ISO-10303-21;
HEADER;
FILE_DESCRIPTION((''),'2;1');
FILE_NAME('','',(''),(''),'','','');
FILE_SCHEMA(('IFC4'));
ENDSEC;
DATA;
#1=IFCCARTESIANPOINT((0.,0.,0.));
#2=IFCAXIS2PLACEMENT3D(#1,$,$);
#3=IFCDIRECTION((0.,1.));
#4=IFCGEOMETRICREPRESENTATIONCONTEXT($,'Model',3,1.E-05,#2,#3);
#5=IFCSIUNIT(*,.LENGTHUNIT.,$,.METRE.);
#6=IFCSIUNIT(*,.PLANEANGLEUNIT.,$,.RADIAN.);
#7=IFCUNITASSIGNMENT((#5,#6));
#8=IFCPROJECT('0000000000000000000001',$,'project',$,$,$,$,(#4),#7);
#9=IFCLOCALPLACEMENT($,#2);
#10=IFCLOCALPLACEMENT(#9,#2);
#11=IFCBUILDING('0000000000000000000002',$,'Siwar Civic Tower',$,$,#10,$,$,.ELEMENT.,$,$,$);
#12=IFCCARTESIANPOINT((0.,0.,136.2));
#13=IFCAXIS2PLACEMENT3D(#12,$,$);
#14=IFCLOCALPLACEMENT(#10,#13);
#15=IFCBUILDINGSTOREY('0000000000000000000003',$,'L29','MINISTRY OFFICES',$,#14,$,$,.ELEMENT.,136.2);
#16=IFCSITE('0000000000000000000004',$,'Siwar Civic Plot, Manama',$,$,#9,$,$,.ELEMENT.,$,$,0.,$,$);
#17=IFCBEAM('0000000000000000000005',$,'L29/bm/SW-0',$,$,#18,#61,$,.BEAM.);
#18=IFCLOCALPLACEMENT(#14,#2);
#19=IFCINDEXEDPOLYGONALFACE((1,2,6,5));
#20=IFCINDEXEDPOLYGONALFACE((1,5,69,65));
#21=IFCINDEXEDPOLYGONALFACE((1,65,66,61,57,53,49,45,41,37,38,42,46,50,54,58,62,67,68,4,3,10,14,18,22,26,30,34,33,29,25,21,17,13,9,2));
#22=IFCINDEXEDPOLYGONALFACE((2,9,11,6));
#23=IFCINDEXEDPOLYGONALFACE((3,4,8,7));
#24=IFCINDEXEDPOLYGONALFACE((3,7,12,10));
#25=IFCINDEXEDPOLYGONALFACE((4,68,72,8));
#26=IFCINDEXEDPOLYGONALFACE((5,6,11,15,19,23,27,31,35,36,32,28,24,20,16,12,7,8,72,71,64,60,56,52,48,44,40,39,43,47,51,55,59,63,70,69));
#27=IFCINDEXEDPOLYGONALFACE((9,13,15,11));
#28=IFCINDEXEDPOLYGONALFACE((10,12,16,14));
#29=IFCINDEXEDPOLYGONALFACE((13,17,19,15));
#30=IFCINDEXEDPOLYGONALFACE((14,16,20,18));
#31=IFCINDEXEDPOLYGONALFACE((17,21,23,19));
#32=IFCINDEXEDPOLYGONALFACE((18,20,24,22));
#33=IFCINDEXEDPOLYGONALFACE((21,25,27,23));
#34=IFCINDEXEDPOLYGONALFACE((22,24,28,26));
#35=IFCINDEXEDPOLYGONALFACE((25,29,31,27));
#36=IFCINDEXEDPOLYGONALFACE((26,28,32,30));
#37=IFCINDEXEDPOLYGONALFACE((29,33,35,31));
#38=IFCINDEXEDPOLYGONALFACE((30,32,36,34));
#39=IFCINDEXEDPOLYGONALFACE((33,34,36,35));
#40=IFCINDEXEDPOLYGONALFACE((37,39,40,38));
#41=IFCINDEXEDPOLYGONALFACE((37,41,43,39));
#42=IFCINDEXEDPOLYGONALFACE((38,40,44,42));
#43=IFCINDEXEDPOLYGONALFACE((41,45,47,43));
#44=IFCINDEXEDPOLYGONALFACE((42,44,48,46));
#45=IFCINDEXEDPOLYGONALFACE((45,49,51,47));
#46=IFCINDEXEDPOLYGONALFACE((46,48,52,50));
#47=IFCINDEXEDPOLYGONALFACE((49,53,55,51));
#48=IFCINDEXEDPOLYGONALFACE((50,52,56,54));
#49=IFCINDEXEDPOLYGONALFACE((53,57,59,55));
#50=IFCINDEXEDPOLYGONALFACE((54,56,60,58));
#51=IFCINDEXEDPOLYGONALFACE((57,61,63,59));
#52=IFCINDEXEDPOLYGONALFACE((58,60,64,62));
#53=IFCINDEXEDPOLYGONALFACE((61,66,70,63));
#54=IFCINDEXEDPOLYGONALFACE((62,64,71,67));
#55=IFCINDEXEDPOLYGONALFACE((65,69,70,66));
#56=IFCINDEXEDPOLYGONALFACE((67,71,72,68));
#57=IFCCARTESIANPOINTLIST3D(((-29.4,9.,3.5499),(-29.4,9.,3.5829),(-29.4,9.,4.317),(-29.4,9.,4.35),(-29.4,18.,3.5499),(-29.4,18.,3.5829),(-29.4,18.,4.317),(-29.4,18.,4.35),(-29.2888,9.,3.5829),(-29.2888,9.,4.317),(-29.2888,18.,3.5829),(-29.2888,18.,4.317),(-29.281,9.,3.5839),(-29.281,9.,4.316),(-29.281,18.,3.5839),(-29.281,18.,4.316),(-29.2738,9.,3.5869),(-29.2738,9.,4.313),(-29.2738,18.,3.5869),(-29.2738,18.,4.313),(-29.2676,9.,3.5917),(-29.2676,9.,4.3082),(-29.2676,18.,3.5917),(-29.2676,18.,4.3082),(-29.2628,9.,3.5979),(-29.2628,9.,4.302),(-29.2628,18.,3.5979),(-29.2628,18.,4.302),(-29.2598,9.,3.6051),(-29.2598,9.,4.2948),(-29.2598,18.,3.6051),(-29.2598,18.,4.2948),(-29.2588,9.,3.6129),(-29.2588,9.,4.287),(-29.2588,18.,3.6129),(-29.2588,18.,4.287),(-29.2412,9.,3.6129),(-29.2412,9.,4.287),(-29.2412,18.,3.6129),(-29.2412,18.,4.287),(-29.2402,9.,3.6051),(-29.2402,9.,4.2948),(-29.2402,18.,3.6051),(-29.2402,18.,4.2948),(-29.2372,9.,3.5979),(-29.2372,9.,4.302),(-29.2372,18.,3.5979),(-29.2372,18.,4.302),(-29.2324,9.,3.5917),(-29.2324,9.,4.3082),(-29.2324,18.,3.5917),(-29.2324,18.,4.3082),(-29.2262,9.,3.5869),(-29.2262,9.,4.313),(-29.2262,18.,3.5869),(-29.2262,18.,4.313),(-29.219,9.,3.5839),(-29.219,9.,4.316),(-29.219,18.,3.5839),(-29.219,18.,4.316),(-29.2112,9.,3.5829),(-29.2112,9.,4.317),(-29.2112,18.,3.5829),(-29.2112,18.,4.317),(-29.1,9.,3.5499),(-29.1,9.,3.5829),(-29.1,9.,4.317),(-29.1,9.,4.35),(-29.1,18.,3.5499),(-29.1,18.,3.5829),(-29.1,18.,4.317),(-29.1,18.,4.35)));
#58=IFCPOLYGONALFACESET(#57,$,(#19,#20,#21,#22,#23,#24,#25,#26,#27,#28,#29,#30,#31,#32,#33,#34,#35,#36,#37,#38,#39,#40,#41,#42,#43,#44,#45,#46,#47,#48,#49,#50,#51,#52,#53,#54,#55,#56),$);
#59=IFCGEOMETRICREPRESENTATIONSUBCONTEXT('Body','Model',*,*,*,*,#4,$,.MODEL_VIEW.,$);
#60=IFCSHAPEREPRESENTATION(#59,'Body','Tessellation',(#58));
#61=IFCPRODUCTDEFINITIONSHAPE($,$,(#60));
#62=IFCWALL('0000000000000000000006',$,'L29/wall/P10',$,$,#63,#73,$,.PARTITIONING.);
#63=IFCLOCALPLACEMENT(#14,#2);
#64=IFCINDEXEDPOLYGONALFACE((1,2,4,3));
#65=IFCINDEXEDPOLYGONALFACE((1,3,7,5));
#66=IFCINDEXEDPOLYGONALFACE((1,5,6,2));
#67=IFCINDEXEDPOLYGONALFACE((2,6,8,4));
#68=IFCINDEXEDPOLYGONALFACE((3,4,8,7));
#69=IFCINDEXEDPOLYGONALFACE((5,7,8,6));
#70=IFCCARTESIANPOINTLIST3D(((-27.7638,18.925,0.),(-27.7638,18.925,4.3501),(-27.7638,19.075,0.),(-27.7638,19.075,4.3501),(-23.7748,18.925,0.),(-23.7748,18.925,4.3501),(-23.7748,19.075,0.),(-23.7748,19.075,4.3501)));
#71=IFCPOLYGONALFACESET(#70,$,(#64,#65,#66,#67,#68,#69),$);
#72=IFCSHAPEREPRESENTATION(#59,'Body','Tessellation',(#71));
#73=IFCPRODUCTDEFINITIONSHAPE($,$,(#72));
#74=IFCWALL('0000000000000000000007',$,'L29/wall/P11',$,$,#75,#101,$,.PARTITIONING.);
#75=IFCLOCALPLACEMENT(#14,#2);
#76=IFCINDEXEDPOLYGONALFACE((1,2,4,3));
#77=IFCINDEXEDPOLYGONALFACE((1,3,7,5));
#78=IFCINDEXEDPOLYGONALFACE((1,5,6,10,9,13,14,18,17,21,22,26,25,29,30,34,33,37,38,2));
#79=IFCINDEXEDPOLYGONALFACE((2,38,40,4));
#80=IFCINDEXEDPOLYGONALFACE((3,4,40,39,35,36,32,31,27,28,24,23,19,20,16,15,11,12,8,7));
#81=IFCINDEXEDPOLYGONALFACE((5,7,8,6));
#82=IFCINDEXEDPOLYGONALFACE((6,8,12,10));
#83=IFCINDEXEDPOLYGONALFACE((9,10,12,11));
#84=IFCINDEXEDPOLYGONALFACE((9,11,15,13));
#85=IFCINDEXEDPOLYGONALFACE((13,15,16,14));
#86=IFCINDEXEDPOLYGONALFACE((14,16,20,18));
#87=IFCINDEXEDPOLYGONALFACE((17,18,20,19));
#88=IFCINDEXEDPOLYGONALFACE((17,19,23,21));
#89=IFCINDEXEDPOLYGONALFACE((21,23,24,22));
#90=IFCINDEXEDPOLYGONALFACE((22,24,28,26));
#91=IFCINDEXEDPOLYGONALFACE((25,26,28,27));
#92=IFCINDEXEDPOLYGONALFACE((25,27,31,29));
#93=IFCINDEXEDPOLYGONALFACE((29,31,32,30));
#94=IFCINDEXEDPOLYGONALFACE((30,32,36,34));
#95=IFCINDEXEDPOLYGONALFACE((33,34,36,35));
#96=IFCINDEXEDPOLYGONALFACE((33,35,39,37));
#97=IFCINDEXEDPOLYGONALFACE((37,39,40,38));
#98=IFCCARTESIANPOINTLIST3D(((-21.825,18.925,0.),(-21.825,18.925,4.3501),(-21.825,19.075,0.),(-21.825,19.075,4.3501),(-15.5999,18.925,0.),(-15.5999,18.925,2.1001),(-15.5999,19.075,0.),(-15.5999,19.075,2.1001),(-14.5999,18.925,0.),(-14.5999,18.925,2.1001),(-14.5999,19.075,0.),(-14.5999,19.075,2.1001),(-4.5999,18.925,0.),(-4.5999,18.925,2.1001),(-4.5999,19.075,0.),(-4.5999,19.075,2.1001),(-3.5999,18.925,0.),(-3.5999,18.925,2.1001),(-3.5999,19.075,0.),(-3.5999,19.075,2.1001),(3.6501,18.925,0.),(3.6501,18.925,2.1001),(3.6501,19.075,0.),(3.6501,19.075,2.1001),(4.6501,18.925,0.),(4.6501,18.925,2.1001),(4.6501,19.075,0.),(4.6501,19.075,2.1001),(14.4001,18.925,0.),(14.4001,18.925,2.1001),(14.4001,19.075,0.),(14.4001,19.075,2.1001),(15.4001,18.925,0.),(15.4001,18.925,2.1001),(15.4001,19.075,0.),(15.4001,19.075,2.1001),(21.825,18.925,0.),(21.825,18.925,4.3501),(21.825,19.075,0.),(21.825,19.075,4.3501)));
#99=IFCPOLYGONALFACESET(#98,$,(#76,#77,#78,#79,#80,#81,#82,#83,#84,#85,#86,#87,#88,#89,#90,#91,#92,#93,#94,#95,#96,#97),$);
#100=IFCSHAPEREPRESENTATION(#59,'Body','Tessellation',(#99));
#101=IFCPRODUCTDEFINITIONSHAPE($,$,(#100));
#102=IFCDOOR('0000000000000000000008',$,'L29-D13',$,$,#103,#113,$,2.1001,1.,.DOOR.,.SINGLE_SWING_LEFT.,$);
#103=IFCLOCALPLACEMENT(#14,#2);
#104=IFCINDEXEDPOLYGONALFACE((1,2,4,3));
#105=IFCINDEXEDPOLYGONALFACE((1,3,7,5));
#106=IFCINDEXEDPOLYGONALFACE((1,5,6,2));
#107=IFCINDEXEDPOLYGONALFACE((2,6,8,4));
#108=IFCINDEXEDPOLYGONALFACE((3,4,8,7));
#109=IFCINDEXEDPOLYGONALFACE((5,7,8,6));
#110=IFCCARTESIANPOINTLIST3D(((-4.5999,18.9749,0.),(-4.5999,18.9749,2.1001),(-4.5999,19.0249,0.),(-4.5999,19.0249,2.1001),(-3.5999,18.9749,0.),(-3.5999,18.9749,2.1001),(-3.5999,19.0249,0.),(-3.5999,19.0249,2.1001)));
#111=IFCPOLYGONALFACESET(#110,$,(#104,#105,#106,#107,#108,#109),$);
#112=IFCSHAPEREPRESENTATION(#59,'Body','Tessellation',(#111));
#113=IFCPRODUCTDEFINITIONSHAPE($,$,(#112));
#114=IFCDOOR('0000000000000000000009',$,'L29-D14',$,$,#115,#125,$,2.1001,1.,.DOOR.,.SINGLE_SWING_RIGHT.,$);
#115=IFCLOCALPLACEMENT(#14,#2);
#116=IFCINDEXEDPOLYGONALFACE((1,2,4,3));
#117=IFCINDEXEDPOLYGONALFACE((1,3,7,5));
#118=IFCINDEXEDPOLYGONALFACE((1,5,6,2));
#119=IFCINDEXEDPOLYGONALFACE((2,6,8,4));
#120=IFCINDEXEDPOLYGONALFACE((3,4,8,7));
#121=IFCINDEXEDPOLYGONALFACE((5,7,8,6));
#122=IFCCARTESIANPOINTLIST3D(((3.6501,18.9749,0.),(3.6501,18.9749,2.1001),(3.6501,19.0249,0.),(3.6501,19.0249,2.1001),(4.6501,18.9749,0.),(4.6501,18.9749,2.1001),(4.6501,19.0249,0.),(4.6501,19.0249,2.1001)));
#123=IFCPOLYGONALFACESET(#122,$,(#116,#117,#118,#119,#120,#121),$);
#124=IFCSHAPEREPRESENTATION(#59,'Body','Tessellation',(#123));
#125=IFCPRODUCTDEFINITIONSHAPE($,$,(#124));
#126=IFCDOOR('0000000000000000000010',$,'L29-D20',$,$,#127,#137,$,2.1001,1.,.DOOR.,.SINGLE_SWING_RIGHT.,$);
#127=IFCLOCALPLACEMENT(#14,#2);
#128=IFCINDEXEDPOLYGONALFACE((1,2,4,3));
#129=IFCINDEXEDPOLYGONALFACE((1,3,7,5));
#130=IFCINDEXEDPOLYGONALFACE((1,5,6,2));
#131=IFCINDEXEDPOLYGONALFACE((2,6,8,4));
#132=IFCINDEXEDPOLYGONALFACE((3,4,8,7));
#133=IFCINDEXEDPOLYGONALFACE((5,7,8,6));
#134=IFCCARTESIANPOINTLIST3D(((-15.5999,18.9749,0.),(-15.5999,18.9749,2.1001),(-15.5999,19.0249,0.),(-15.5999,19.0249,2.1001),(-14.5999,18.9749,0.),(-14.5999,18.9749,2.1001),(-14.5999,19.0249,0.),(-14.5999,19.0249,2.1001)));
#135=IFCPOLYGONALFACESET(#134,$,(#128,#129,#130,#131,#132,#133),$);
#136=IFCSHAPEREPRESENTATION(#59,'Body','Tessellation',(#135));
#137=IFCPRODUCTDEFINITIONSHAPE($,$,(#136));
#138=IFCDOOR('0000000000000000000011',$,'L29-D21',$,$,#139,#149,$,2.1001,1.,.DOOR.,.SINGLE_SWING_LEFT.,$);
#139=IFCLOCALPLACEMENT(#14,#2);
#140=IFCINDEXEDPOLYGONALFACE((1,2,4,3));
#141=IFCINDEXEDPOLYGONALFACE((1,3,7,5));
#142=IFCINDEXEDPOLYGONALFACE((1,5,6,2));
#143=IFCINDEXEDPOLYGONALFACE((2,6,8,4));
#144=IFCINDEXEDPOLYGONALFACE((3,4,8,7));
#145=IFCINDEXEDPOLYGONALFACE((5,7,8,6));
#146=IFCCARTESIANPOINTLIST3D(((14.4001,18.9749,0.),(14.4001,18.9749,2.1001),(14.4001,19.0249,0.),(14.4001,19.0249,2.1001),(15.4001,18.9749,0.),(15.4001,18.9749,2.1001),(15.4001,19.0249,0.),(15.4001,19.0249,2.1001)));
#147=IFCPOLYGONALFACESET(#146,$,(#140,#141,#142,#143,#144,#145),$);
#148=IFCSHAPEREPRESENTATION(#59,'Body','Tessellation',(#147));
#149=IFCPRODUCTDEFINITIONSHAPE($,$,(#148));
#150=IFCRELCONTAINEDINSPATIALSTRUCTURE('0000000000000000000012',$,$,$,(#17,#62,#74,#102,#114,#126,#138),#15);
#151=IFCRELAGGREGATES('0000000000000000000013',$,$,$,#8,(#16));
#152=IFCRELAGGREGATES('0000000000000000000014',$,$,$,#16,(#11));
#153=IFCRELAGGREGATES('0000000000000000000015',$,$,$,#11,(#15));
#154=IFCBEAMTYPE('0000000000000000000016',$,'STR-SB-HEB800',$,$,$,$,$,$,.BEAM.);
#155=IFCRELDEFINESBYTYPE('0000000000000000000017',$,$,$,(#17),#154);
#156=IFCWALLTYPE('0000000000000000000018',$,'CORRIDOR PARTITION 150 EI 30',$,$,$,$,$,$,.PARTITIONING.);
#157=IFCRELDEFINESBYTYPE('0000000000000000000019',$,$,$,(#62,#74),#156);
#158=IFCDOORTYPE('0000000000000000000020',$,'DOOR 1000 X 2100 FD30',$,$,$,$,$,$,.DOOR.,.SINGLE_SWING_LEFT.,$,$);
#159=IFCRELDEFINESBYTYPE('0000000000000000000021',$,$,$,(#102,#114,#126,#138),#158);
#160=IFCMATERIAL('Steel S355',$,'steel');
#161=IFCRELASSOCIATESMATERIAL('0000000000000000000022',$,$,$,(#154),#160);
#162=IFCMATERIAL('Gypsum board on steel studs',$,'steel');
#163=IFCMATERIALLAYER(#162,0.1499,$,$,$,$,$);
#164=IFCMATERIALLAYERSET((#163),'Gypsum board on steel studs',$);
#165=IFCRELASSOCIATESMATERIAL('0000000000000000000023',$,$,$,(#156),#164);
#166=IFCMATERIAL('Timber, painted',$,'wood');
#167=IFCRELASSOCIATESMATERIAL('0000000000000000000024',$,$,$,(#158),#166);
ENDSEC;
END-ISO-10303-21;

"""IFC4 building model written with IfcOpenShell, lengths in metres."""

from ifc_helpers import new_model, si_unit, direction, frame, frame_2d, origin, origin_2d, place, context, subcontext, project, spatial, rectangle, i_section, extrude, material, layer, layer_set, material_profile, profile_set, type_object, element, fill, save


model = new_model("IFC4")

# Units and contexts
model_context = context("Model", 3, precision=1e-05, world=origin(), true_north=direction((0.0, 1.0)))
body_context = subcontext(model_context, "Body", "Model", "MODEL_VIEW")
ifc_project = project(units=[si_unit("LENGTHUNIT", "METRE"), si_unit("PLANEANGLEUNIT", "RADIAN")], contexts=[model_context])

# Site, building, storey
site_placement = place(None, origin())
site = spatial("IfcSite", under=ifc_project, at=site_placement, Name="Siwar Civic Plot, Manama", CompositionType="ELEMENT", RefElevation=0.0)
building_placement = place(site_placement, origin())
building = spatial("IfcBuilding", under=site, at=building_placement, Name="Siwar Civic Tower", CompositionType="ELEMENT")
storey_placement = place(building_placement, frame((0.0, 0.0, 136.2)))
storey = spatial("IfcBuildingStorey", under=building, at=storey_placement, Name="L29", Description="MINISTRY OFFICES", CompositionType="ELEMENT", Elevation=136.2)

# Beam
ifc_material_1 = material(Name="Steel S355", Category="steel")
ifc_material_profile_1 = material_profile(ifc_material_1, i_section(OverallWidth=0.3, OverallDepth=0.8, WebThickness=0.0176, FlangeThickness=0.033, FilletRadius=0.03, at=origin_2d()), Name="HEB800")
ifc_profile_set_1 = profile_set([ifc_material_profile_1], Name="Steel S355")
beam_type_1 = type_object("IfcBeamType", Name="STR-SB-HEB800", PredefinedType="BEAM", material=ifc_profile_set_1)
beam_1_placement = place(storey_placement, frame((-29.25, 18.0, 3.95), z_axis=(0.0, -1.0, 0.0), x_axis=(1.0, 0.0, 0.0)))
element("IfcBeam", 1, at=beam_1_placement, inside=storey, type_object=beam_type_1, Name="L29/bm/SW-0", PredefinedType="BEAM", context=body_context, shape_type="SweptSolid", body=[
    extrude(i_section(OverallWidth=0.3, OverallDepth=0.8, WebThickness=0.0176, FlangeThickness=0.033, FilletRadius=0.03, at=origin_2d()), origin(), (0.0, 0.0, 1.0), 9.0),
])

# Wall
ifc_material_2 = material(Name="Gypsum board on steel studs", Category="steel")
ifc_layer_1 = layer(ifc_material_2, 0.1499)
ifc_layer_set_1 = layer_set([ifc_layer_1], Name="Gypsum board on steel studs")
wall_type = type_object("IfcWallType", Name="CORRIDOR PARTITION 150 EI 30", PredefinedType="PARTITIONING", material=ifc_layer_set_1)
wall_1_placement = place(storey_placement, frame((-27.7639, 19.0, 0.0), z_axis=(0.0, 0.0, 1.0), x_axis=(1.0, 0.0, 0.0)))
element("IfcWall", 2, at=wall_1_placement, inside=storey, type_object=wall_type, Name="L29/wall/P10", PredefinedType="PARTITIONING", context=body_context, shape_type="SweptSolid", body=[
    extrude(rectangle(XDim=3.989, YDim=0.1499, at=frame_2d((1.9946, 0.0))), origin(), (0.0, 0.0, 1.0), 4.3501),
])

# Wall, openings, doors
wall_2_placement = place(storey_placement, frame((-21.825, 19.0, 0.0), z_axis=(0.0, 0.0, 1.0), x_axis=(1.0, 0.0, 0.0)))
wall_2 = element("IfcWall", 3, at=wall_2_placement, inside=storey, type_object=wall_type, Name="L29/wall/P11", PredefinedType="PARTITIONING", context=body_context, shape_type="SweptSolid", body=[
    extrude(rectangle(XDim=43.6499, YDim=0.1499, at=frame_2d((21.825, 0.0))), origin(), (0.0, 0.0, 1.0), 4.3501),
])
opening_1_placement = place(wall_2_placement, frame((17.2251, 0.0, 0.0)))
opening_1 = element("IfcOpeningElement", 4, at=opening_1_placement, cuts=wall_2, PredefinedType="OPENING", context=body_context, shape_type="SweptSolid", body=[
    extrude(rectangle(XDim=1.0, YDim=2.1001, at=frame_2d((0.5, 1.05))), frame((0.0, 0.085, 0.0), z_axis=(0.0, -1.0, 0.0), x_axis=(1.0, 0.0, 0.0)), (0.0, 0.0, 1.0), 0.1699),
])
opening_2_placement = place(wall_2_placement, frame((25.4751, 0.0, 0.0)))
opening_2 = element("IfcOpeningElement", 5, at=opening_2_placement, cuts=wall_2, PredefinedType="OPENING", context=body_context, shape_type="SweptSolid", body=[
    extrude(rectangle(XDim=1.0, YDim=2.1001, at=frame_2d((0.5, 1.05))), frame((0.0, 0.085, 0.0), z_axis=(0.0, -1.0, 0.0), x_axis=(1.0, 0.0, 0.0)), (0.0, 0.0, 1.0), 0.1699),
])
opening_3_placement = place(wall_2_placement, frame((6.2251, 0.0, 0.0)))
opening_3 = element("IfcOpeningElement", 6, at=opening_3_placement, cuts=wall_2, PredefinedType="OPENING", context=body_context, shape_type="SweptSolid", body=[
    extrude(rectangle(XDim=1.0, YDim=2.1001, at=frame_2d((0.5, 1.05))), frame((0.0, 0.085, 0.0), z_axis=(0.0, -1.0, 0.0), x_axis=(1.0, 0.0, 0.0)), (0.0, 0.0, 1.0), 0.1699),
])
opening_4_placement = place(wall_2_placement, frame((36.2251, 0.0, 0.0)))
opening_4 = element("IfcOpeningElement", 7, at=opening_4_placement, cuts=wall_2, PredefinedType="OPENING", context=body_context, shape_type="SweptSolid", body=[
    extrude(rectangle(XDim=1.0, YDim=2.1001, at=frame_2d((0.5, 1.05))), frame((0.0, 0.085, 0.0), z_axis=(0.0, -1.0, 0.0), x_axis=(1.0, 0.0, 0.0)), (0.0, 0.0, 1.0), 0.1699),
])
ifc_material_3 = material(Name="Timber, painted", Category="wood")
door_type = type_object("IfcDoorType", Name="DOOR 1000 X 2100 FD30", OperationType="SINGLE_SWING_LEFT", PredefinedType="DOOR", material=ifc_material_3)
door_1_placement = place(opening_1_placement, origin())
door_1 = element("IfcDoor", 8, at=door_1_placement, inside=storey, type_object=door_type, Name="L29-D13", OperationType="SINGLE_SWING_LEFT", OverallHeight=2.1001, OverallWidth=1.0, PredefinedType="DOOR", context=body_context, shape_type="SweptSolid", body=[
    extrude(rectangle(XDim=1.0, YDim=2.1001, at=frame_2d((0.5, 1.05))), frame((0.0, 0.0249, 0.0), z_axis=(0.0, -1.0, 0.0), x_axis=(1.0, 0.0, 0.0)), (0.0, 0.0, 1.0), 0.05),
])
fill(opening_1, door_1)
door_2_placement = place(opening_2_placement, origin())
door_2 = element("IfcDoor", 9, at=door_2_placement, inside=storey, type_object=door_type, Name="L29-D14", OperationType="SINGLE_SWING_RIGHT", OverallHeight=2.1001, OverallWidth=1.0, PredefinedType="DOOR", context=body_context, shape_type="SweptSolid", body=[
    extrude(rectangle(XDim=1.0, YDim=2.1001, at=frame_2d((0.5, 1.05))), frame((0.0, 0.0249, 0.0), z_axis=(0.0, -1.0, 0.0), x_axis=(1.0, 0.0, 0.0)), (0.0, 0.0, 1.0), 0.05),
])
fill(opening_2, door_2)
door_3_placement = place(opening_3_placement, origin())
door_3 = element("IfcDoor", 10, at=door_3_placement, inside=storey, type_object=door_type, Name="L29-D20", OperationType="SINGLE_SWING_RIGHT", OverallHeight=2.1001, OverallWidth=1.0, PredefinedType="DOOR", context=body_context, shape_type="SweptSolid", body=[
    extrude(rectangle(XDim=1.0, YDim=2.1001, at=frame_2d((0.5, 1.05))), frame((0.0, 0.0249, 0.0), z_axis=(0.0, -1.0, 0.0), x_axis=(1.0, 0.0, 0.0)), (0.0, 0.0, 1.0), 0.05),
])
fill(opening_3, door_3)
door_4_placement = place(opening_4_placement, origin())
door_4 = element("IfcDoor", 11, at=door_4_placement, inside=storey, type_object=door_type, Name="L29-D21", OperationType="SINGLE_SWING_LEFT", OverallHeight=2.1001, OverallWidth=1.0, PredefinedType="DOOR", context=body_context, shape_type="SweptSolid", body=[
    extrude(rectangle(XDim=1.0, YDim=2.1001, at=frame_2d((0.5, 1.05))), frame((0.0, 0.0249, 0.0), z_axis=(0.0, -1.0, 0.0), x_axis=(1.0, 0.0, 0.0)), (0.0, 0.0, 1.0), 0.05),
])
fill(opening_4, door_4)

save(model, "model.ifc")
